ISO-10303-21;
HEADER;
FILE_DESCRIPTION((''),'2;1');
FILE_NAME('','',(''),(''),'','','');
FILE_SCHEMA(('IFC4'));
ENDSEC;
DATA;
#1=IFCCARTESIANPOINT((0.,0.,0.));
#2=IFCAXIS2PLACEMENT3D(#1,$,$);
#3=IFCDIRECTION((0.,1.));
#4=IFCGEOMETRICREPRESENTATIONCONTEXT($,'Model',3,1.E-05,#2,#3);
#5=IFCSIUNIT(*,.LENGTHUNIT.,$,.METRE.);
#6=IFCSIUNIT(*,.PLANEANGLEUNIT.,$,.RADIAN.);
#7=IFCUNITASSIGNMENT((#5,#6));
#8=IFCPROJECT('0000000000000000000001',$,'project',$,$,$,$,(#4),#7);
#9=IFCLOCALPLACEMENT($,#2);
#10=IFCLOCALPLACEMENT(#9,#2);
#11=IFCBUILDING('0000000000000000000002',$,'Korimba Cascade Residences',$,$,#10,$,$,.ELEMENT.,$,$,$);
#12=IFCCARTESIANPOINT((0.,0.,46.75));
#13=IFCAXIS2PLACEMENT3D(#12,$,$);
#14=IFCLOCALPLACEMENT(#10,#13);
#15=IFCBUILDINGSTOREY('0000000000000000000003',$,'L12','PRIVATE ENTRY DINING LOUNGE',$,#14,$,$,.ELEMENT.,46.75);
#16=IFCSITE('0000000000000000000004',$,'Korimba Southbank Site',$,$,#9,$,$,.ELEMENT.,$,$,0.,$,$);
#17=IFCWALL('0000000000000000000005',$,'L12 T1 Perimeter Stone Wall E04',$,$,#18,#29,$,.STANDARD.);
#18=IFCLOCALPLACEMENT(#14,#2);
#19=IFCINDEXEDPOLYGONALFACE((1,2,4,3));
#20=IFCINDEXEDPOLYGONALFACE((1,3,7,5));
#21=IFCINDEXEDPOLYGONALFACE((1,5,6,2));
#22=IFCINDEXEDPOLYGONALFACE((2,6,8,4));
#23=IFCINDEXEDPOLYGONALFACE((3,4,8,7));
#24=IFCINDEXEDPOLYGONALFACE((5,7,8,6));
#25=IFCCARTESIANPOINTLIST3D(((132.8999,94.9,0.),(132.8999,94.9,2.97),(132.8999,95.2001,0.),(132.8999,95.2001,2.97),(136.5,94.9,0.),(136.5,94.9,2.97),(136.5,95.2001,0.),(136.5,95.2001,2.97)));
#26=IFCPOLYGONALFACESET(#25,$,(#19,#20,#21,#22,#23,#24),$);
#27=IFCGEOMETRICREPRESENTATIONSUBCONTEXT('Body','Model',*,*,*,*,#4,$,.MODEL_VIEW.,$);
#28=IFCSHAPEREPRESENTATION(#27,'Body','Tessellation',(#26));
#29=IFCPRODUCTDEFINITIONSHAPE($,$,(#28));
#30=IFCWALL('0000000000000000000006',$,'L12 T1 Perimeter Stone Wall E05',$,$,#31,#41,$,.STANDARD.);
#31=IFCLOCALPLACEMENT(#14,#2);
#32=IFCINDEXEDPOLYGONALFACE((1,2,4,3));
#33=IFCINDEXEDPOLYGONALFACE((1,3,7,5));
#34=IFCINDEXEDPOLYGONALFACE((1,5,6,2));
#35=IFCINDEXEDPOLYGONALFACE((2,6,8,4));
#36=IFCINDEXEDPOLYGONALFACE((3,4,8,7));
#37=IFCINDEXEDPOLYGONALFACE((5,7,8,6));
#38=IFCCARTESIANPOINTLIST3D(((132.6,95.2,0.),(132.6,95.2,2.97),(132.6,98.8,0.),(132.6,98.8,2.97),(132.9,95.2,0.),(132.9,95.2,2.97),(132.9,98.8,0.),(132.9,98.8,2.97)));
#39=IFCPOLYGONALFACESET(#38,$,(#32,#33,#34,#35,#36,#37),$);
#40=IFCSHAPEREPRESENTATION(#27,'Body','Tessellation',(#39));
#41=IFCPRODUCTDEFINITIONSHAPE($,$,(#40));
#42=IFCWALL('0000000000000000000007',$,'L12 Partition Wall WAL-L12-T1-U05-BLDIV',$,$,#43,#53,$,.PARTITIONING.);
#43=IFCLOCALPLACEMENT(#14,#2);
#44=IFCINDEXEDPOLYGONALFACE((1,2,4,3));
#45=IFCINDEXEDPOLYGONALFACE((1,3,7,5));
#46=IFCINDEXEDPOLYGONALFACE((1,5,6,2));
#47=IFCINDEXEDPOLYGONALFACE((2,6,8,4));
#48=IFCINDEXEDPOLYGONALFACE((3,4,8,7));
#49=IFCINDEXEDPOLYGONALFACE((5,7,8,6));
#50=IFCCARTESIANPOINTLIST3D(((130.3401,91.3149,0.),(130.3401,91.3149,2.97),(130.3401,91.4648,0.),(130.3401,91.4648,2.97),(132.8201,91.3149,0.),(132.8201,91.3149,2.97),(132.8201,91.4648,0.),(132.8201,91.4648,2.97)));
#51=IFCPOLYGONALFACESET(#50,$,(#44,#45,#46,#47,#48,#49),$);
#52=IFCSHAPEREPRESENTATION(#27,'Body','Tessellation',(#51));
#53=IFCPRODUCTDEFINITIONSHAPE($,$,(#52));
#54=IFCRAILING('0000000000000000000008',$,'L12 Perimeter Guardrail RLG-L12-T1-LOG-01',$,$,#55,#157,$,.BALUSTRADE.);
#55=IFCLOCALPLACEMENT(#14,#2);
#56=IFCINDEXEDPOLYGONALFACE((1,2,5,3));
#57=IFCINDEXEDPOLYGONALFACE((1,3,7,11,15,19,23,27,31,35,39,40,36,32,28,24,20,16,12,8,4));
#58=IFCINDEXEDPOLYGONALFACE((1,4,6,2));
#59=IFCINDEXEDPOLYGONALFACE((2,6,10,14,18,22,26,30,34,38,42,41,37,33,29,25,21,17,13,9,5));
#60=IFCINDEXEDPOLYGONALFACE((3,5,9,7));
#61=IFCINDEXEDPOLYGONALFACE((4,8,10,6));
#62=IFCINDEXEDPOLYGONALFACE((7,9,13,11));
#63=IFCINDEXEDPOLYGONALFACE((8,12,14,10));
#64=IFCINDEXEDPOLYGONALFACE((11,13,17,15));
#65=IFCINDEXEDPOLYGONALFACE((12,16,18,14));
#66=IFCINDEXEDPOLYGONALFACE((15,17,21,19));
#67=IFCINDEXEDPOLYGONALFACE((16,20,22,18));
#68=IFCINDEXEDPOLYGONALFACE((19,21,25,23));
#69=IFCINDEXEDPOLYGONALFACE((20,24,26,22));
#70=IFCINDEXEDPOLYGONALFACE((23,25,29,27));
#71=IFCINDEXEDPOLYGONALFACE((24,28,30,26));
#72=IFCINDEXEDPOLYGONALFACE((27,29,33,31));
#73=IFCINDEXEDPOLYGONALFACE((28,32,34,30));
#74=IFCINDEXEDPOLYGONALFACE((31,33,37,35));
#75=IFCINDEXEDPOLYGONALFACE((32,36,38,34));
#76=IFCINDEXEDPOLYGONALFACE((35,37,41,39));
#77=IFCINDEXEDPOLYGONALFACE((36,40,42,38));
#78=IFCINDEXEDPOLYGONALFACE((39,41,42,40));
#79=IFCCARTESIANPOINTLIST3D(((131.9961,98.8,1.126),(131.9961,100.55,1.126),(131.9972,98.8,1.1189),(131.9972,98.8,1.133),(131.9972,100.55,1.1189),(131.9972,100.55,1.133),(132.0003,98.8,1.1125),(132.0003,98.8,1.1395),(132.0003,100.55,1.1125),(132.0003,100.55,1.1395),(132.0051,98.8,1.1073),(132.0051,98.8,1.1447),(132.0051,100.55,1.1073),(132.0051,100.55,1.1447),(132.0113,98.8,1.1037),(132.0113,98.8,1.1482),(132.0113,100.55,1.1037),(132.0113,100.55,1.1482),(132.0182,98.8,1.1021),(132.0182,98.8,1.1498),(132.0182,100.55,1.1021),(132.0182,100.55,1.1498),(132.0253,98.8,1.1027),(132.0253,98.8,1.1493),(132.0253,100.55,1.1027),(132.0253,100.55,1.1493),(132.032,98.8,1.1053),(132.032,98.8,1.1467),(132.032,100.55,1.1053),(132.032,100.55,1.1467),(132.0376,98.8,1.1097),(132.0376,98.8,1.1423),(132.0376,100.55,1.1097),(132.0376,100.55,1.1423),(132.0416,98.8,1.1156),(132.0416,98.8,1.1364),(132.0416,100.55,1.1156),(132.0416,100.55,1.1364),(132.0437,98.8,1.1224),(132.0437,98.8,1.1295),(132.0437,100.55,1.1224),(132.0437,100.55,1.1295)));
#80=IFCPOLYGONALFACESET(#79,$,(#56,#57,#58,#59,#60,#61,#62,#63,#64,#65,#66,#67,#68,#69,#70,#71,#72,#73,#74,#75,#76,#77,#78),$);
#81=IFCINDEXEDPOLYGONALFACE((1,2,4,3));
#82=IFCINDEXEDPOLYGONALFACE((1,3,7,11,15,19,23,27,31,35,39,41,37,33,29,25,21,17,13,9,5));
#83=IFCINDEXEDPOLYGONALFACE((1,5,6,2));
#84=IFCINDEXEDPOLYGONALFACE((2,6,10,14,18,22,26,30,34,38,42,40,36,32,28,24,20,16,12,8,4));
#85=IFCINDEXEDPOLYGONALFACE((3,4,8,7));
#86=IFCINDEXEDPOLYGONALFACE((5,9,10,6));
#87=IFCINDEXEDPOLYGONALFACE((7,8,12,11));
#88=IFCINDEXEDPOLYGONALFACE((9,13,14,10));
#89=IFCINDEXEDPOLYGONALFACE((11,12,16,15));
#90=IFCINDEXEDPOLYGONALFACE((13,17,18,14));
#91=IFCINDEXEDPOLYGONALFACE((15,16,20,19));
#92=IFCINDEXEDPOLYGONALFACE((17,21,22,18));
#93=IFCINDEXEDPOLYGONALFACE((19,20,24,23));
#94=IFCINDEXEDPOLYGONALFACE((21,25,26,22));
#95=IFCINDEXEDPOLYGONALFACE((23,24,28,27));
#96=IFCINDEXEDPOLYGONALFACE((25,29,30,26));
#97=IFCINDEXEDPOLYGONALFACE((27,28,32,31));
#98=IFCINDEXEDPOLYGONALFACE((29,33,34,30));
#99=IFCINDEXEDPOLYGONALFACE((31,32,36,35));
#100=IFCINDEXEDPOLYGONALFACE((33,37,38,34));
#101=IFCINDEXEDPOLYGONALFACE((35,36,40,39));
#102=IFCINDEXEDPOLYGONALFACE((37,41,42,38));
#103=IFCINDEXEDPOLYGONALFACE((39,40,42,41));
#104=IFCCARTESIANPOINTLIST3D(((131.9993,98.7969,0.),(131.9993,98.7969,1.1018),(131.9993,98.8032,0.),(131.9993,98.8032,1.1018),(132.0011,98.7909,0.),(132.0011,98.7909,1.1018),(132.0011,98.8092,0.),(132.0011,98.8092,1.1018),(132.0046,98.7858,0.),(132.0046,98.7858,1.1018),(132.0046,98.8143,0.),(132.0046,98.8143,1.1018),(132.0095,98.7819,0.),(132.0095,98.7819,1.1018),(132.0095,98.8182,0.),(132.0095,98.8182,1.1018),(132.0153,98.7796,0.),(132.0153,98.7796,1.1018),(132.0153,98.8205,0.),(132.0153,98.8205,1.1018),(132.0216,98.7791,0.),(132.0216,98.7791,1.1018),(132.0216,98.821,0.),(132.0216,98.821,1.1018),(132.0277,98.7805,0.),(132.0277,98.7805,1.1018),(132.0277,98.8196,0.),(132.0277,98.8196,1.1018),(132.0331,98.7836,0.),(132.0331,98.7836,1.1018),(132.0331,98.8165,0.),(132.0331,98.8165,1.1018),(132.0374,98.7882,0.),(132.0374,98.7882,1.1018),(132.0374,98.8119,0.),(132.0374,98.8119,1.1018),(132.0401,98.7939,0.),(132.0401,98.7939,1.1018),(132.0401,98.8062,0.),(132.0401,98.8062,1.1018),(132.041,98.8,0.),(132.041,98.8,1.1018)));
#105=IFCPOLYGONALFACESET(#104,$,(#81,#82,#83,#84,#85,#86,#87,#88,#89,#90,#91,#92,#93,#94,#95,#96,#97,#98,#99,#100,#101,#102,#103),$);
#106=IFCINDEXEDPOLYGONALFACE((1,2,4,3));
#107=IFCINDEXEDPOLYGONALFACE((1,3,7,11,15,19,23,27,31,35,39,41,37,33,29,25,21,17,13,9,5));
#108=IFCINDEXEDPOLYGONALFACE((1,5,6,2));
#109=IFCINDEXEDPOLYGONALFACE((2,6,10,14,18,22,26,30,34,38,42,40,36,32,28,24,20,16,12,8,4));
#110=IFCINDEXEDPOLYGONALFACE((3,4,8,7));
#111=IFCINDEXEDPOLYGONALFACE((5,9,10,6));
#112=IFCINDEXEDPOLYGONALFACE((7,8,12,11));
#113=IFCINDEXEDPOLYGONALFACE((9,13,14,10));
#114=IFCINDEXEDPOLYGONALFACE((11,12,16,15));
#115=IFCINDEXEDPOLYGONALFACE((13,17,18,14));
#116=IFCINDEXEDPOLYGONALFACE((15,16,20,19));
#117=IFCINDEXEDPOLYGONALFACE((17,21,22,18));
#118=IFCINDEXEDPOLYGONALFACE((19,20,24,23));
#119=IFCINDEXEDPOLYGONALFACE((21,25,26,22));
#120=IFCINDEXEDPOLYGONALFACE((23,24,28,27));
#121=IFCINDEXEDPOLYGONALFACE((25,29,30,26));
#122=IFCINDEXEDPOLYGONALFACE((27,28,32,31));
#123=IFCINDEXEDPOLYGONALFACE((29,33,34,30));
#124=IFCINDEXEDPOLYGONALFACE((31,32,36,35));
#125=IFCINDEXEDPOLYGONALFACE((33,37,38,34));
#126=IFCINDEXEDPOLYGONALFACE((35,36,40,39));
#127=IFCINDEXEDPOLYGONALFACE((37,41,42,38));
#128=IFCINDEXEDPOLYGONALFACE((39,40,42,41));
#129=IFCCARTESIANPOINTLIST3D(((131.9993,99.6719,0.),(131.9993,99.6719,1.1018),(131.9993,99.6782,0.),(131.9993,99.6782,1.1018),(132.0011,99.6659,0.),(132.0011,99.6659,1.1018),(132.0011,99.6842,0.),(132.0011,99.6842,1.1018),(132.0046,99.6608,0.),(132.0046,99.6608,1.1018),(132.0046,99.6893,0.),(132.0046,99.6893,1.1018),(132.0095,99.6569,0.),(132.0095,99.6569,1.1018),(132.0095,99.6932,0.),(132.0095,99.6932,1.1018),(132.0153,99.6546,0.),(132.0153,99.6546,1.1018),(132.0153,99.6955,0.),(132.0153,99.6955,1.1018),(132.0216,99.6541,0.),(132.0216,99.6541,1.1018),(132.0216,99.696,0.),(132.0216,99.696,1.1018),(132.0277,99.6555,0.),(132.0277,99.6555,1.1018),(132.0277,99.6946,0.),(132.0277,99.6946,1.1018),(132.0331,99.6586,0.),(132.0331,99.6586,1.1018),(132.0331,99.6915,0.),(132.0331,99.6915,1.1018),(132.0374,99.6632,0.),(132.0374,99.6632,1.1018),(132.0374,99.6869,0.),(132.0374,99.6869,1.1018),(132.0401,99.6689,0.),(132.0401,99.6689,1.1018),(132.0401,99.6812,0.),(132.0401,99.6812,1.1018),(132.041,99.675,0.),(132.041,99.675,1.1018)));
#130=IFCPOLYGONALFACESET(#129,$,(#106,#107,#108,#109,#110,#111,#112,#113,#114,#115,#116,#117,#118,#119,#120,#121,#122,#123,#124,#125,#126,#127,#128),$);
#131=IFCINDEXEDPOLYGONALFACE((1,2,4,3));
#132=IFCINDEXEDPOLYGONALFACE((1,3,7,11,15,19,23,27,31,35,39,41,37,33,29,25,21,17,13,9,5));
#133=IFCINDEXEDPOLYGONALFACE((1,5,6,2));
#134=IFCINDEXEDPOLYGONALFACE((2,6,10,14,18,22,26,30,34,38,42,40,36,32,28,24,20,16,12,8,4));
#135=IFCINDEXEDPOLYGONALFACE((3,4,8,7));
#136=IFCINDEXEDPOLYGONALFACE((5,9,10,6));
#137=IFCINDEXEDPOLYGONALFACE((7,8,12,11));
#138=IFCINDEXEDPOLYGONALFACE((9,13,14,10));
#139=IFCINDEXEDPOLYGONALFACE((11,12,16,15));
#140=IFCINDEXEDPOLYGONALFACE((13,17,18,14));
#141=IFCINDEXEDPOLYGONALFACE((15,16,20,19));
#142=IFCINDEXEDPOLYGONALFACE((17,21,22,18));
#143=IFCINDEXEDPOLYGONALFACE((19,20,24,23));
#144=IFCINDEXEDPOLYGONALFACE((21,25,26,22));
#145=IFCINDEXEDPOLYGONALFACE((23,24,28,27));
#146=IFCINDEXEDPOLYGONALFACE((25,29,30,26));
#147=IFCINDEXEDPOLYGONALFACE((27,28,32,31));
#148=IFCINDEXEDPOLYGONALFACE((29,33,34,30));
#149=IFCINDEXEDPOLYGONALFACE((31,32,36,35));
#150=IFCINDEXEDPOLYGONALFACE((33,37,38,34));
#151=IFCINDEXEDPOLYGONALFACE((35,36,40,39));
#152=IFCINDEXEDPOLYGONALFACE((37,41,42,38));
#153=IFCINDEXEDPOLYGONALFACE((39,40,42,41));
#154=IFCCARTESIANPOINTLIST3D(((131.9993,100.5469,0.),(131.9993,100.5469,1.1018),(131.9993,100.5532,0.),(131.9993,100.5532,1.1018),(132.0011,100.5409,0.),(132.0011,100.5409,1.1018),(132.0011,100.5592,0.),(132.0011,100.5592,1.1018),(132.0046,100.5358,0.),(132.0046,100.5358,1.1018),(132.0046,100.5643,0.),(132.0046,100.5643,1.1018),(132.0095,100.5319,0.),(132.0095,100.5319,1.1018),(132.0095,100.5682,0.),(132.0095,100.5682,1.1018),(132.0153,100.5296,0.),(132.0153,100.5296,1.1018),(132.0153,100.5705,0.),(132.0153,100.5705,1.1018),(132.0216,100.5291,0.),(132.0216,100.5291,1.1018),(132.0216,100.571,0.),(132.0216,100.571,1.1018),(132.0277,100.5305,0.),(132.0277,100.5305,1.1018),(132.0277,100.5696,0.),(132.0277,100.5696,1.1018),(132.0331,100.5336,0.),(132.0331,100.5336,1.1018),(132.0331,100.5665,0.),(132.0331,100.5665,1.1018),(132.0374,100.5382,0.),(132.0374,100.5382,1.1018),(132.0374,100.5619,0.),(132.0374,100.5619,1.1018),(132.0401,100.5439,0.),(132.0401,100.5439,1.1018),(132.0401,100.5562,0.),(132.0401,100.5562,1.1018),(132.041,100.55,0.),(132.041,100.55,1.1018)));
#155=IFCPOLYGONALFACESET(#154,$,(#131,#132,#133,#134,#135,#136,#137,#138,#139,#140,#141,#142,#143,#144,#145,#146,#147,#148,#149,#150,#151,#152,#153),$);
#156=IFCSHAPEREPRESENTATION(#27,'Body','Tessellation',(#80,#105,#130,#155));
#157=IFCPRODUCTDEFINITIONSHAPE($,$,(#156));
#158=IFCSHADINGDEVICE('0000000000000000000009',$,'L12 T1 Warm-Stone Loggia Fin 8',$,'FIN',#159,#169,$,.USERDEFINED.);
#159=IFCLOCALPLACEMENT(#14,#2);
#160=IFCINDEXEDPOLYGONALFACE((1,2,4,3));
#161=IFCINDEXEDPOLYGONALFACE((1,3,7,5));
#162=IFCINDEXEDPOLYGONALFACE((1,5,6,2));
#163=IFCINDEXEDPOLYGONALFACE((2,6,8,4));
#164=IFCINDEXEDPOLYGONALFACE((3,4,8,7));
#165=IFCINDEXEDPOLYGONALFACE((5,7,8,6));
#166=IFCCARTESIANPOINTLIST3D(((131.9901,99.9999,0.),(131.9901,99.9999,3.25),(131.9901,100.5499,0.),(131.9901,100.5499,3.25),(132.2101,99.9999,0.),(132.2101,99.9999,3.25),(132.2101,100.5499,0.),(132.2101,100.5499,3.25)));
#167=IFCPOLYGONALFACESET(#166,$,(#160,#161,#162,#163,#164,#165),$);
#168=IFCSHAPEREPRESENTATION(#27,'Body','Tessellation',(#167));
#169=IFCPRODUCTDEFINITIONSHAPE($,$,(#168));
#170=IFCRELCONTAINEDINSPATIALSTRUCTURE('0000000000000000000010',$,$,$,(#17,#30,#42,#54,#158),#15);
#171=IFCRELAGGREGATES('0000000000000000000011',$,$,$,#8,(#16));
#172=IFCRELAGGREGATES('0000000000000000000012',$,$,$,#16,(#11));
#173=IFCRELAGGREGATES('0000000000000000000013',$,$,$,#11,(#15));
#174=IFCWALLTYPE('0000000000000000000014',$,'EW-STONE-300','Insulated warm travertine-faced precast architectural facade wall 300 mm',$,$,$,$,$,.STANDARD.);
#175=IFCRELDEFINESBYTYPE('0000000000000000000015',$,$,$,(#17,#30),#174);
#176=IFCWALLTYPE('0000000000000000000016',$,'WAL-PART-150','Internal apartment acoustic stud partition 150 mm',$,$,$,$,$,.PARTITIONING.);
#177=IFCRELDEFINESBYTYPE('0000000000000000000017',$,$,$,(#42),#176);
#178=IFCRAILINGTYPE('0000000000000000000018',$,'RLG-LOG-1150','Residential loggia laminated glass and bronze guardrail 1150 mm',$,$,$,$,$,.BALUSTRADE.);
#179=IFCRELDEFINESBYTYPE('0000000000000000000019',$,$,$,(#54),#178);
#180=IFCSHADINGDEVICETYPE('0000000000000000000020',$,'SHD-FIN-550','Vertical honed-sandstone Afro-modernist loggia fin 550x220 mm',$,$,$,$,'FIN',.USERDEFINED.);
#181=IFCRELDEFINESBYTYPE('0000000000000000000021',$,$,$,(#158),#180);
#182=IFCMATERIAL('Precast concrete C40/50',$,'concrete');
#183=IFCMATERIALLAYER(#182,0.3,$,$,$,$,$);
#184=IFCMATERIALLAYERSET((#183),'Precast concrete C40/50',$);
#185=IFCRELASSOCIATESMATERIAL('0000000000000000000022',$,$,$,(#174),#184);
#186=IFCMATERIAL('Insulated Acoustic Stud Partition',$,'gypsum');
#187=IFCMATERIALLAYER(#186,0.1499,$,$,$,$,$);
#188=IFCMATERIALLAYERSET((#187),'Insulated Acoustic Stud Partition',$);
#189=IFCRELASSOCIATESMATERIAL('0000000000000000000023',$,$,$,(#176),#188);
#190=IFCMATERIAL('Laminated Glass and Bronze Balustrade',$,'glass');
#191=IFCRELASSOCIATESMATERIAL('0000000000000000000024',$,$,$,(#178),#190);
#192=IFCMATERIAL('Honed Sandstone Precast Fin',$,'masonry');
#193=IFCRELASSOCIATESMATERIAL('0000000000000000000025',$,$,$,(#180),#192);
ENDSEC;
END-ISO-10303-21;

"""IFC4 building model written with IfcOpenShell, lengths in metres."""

from ifc_helpers import new_model, si_unit, direction, frame, frame_2d, origin, origin_2d, place, context, subcontext, project, spatial, rectangle, circle, extrude, material, layer, layer_set, type_object, element, save


model = new_model("IFC4")

# Units and contexts
model_context = context("Model", 3, precision=1e-05, world=origin(), true_north=direction((0.0, 1.0)))
body_context = subcontext(model_context, "Body", "Model", "MODEL_VIEW")
ifc_project = project(units=[si_unit("LENGTHUNIT", "METRE"), si_unit("PLANEANGLEUNIT", "RADIAN")], contexts=[model_context])

# Site, building, storey
site_placement = place(None, origin())
site = spatial("IfcSite", under=ifc_project, at=site_placement, Name="Korimba Southbank Site", CompositionType="ELEMENT", RefElevation=0.0)
building_placement = place(site_placement, origin())
building = spatial("IfcBuilding", under=site, at=building_placement, Name="Korimba Cascade Residences", CompositionType="ELEMENT")
storey_placement = place(building_placement, frame((0.0, 0.0, 46.75)))
storey = spatial("IfcBuildingStorey", under=building, at=storey_placement, Name="L12", Description="PRIVATE ENTRY DINING LOUNGE", CompositionType="ELEMENT", Elevation=46.75)

# Shared definitions
ifc_material_1 = material(Name="Precast concrete C40/50", Category="concrete")

# Walls
ifc_layer_1 = layer(ifc_material_1, 0.3)
ifc_layer_set_1 = layer_set([ifc_layer_1], Name="Precast concrete C40/50")
wall_type_1 = type_object("IfcWallType", Name="EW-STONE-300", Description="Insulated warm travertine-faced precast architectural facade wall 300 mm", PredefinedType="STANDARD", material=ifc_layer_set_1)
for number, where, z_axis, x_axis, name in (
    (1, (136.5, 95.05, 0.0), (0.0, 0.0, 1.0), (-1.0, 0.0, 0.0), "L12 T1 Perimeter Stone Wall E04"),
    (2, (132.75, 95.2, 0.0), (0.0, 0.0, 1.0), (0.0, 1.0, 0.0), "L12 T1 Perimeter Stone Wall E05"),
):
    element("IfcWall", number, at=place(storey_placement, frame(where, z_axis=z_axis, x_axis=x_axis)), inside=storey, type_object=wall_type_1, Name=name, PredefinedType="STANDARD", context=body_context, shape_type="SweptSolid", body=[
        extrude(rectangle(XDim=3.6001, YDim=0.3, at=frame_2d((1.8, 0.0))), origin(), (0.0, 0.0, 1.0), 2.97),
    ])
ifc_material_2 = material(Name="Insulated Acoustic Stud Partition", Category="gypsum")
ifc_layer_2 = layer(ifc_material_2, 0.1499)
ifc_layer_set_2 = layer_set([ifc_layer_2], Name="Insulated Acoustic Stud Partition")
wall_type_2 = type_object("IfcWallType", Name="WAL-PART-150", Description="Internal apartment acoustic stud partition 150 mm", PredefinedType="PARTITIONING", material=ifc_layer_set_2)
wall_1_placement = place(storey_placement, frame((130.3401, 91.3899, 0.0), z_axis=(0.0, 0.0, 1.0), x_axis=(1.0, 0.0, 0.0)))
element("IfcWall", 3, at=wall_1_placement, inside=storey, type_object=wall_type_2, Name="L12 Partition Wall WAL-L12-T1-U05-BLDIV", PredefinedType="PARTITIONING", context=body_context, shape_type="SweptSolid", body=[
    extrude(rectangle(XDim=2.48, YDim=0.1499, at=frame_2d((1.24, 0.0))), origin(), (0.0, 0.0, 1.0), 2.97),
])

# Railing
ifc_material_3 = material(Name="Laminated Glass and Bronze Balustrade", Category="glass")
railing_type = type_object("IfcRailingType", Name="RLG-LOG-1150", Description="Residential loggia laminated glass and bronze guardrail 1150 mm", PredefinedType="BALUSTRADE", material=ifc_material_3)
railing_1_placement = place(storey_placement, frame((132.02, 98.8, 0.0)))
element("IfcRailing", 4, at=railing_1_placement, inside=storey, type_object=railing_type, Name="L12 Perimeter Guardrail RLG-L12-T1-LOG-01", PredefinedType="BALUSTRADE", context=body_context, shape_type="SweptSolid", body=[
    extrude(circle(Radius=0.0239, at=origin_2d()), frame((0.0, 0.0, 1.126), z_axis=(0.0, 1.0, 0.0), x_axis=(-1.0, 0.0, 0.0)), (0.0, 0.0, 1.0), 1.75),
    extrude(circle(Radius=0.021, at=origin_2d()), origin(), (0.0, 0.0, 1.0), 1.1018),
    extrude(circle(Radius=0.021, at=origin_2d()), frame((0.0, 0.875, 0.0)), (0.0, 0.0, 1.0), 1.1018),
    extrude(circle(Radius=0.021, at=origin_2d()), frame((0.0, 1.75, 0.0)), (0.0, 0.0, 1.0), 1.1018),
])

# Shading device
ifc_material_4 = material(Name="Honed Sandstone Precast Fin", Category="masonry")
shading_device_type = type_object("IfcShadingDeviceType", Name="SHD-FIN-550", Description="Vertical honed-sandstone Afro-modernist loggia fin 550x220 mm", ElementType="FIN", PredefinedType="USERDEFINED", material=ifc_material_4)
shading_device_placement = place(storey_placement, frame((132.1001, 100.2749, 0.0), z_axis=(0.0, 0.0, 1.0), x_axis=(1.0, 0.0, 0.0)))
element("IfcShadingDevice", 5, at=shading_device_placement, inside=storey, type_object=shading_device_type, Name="L12 T1 Warm-Stone Loggia Fin 8", ObjectType="FIN", PredefinedType="USERDEFINED", context=body_context, shape_type="SweptSolid", body=[
    extrude(rectangle(XDim=0.22, YDim=0.55, at=origin_2d()), origin(), (0.0, 0.0, 1.0), 3.25),
])

save(model, "model.ifc")
